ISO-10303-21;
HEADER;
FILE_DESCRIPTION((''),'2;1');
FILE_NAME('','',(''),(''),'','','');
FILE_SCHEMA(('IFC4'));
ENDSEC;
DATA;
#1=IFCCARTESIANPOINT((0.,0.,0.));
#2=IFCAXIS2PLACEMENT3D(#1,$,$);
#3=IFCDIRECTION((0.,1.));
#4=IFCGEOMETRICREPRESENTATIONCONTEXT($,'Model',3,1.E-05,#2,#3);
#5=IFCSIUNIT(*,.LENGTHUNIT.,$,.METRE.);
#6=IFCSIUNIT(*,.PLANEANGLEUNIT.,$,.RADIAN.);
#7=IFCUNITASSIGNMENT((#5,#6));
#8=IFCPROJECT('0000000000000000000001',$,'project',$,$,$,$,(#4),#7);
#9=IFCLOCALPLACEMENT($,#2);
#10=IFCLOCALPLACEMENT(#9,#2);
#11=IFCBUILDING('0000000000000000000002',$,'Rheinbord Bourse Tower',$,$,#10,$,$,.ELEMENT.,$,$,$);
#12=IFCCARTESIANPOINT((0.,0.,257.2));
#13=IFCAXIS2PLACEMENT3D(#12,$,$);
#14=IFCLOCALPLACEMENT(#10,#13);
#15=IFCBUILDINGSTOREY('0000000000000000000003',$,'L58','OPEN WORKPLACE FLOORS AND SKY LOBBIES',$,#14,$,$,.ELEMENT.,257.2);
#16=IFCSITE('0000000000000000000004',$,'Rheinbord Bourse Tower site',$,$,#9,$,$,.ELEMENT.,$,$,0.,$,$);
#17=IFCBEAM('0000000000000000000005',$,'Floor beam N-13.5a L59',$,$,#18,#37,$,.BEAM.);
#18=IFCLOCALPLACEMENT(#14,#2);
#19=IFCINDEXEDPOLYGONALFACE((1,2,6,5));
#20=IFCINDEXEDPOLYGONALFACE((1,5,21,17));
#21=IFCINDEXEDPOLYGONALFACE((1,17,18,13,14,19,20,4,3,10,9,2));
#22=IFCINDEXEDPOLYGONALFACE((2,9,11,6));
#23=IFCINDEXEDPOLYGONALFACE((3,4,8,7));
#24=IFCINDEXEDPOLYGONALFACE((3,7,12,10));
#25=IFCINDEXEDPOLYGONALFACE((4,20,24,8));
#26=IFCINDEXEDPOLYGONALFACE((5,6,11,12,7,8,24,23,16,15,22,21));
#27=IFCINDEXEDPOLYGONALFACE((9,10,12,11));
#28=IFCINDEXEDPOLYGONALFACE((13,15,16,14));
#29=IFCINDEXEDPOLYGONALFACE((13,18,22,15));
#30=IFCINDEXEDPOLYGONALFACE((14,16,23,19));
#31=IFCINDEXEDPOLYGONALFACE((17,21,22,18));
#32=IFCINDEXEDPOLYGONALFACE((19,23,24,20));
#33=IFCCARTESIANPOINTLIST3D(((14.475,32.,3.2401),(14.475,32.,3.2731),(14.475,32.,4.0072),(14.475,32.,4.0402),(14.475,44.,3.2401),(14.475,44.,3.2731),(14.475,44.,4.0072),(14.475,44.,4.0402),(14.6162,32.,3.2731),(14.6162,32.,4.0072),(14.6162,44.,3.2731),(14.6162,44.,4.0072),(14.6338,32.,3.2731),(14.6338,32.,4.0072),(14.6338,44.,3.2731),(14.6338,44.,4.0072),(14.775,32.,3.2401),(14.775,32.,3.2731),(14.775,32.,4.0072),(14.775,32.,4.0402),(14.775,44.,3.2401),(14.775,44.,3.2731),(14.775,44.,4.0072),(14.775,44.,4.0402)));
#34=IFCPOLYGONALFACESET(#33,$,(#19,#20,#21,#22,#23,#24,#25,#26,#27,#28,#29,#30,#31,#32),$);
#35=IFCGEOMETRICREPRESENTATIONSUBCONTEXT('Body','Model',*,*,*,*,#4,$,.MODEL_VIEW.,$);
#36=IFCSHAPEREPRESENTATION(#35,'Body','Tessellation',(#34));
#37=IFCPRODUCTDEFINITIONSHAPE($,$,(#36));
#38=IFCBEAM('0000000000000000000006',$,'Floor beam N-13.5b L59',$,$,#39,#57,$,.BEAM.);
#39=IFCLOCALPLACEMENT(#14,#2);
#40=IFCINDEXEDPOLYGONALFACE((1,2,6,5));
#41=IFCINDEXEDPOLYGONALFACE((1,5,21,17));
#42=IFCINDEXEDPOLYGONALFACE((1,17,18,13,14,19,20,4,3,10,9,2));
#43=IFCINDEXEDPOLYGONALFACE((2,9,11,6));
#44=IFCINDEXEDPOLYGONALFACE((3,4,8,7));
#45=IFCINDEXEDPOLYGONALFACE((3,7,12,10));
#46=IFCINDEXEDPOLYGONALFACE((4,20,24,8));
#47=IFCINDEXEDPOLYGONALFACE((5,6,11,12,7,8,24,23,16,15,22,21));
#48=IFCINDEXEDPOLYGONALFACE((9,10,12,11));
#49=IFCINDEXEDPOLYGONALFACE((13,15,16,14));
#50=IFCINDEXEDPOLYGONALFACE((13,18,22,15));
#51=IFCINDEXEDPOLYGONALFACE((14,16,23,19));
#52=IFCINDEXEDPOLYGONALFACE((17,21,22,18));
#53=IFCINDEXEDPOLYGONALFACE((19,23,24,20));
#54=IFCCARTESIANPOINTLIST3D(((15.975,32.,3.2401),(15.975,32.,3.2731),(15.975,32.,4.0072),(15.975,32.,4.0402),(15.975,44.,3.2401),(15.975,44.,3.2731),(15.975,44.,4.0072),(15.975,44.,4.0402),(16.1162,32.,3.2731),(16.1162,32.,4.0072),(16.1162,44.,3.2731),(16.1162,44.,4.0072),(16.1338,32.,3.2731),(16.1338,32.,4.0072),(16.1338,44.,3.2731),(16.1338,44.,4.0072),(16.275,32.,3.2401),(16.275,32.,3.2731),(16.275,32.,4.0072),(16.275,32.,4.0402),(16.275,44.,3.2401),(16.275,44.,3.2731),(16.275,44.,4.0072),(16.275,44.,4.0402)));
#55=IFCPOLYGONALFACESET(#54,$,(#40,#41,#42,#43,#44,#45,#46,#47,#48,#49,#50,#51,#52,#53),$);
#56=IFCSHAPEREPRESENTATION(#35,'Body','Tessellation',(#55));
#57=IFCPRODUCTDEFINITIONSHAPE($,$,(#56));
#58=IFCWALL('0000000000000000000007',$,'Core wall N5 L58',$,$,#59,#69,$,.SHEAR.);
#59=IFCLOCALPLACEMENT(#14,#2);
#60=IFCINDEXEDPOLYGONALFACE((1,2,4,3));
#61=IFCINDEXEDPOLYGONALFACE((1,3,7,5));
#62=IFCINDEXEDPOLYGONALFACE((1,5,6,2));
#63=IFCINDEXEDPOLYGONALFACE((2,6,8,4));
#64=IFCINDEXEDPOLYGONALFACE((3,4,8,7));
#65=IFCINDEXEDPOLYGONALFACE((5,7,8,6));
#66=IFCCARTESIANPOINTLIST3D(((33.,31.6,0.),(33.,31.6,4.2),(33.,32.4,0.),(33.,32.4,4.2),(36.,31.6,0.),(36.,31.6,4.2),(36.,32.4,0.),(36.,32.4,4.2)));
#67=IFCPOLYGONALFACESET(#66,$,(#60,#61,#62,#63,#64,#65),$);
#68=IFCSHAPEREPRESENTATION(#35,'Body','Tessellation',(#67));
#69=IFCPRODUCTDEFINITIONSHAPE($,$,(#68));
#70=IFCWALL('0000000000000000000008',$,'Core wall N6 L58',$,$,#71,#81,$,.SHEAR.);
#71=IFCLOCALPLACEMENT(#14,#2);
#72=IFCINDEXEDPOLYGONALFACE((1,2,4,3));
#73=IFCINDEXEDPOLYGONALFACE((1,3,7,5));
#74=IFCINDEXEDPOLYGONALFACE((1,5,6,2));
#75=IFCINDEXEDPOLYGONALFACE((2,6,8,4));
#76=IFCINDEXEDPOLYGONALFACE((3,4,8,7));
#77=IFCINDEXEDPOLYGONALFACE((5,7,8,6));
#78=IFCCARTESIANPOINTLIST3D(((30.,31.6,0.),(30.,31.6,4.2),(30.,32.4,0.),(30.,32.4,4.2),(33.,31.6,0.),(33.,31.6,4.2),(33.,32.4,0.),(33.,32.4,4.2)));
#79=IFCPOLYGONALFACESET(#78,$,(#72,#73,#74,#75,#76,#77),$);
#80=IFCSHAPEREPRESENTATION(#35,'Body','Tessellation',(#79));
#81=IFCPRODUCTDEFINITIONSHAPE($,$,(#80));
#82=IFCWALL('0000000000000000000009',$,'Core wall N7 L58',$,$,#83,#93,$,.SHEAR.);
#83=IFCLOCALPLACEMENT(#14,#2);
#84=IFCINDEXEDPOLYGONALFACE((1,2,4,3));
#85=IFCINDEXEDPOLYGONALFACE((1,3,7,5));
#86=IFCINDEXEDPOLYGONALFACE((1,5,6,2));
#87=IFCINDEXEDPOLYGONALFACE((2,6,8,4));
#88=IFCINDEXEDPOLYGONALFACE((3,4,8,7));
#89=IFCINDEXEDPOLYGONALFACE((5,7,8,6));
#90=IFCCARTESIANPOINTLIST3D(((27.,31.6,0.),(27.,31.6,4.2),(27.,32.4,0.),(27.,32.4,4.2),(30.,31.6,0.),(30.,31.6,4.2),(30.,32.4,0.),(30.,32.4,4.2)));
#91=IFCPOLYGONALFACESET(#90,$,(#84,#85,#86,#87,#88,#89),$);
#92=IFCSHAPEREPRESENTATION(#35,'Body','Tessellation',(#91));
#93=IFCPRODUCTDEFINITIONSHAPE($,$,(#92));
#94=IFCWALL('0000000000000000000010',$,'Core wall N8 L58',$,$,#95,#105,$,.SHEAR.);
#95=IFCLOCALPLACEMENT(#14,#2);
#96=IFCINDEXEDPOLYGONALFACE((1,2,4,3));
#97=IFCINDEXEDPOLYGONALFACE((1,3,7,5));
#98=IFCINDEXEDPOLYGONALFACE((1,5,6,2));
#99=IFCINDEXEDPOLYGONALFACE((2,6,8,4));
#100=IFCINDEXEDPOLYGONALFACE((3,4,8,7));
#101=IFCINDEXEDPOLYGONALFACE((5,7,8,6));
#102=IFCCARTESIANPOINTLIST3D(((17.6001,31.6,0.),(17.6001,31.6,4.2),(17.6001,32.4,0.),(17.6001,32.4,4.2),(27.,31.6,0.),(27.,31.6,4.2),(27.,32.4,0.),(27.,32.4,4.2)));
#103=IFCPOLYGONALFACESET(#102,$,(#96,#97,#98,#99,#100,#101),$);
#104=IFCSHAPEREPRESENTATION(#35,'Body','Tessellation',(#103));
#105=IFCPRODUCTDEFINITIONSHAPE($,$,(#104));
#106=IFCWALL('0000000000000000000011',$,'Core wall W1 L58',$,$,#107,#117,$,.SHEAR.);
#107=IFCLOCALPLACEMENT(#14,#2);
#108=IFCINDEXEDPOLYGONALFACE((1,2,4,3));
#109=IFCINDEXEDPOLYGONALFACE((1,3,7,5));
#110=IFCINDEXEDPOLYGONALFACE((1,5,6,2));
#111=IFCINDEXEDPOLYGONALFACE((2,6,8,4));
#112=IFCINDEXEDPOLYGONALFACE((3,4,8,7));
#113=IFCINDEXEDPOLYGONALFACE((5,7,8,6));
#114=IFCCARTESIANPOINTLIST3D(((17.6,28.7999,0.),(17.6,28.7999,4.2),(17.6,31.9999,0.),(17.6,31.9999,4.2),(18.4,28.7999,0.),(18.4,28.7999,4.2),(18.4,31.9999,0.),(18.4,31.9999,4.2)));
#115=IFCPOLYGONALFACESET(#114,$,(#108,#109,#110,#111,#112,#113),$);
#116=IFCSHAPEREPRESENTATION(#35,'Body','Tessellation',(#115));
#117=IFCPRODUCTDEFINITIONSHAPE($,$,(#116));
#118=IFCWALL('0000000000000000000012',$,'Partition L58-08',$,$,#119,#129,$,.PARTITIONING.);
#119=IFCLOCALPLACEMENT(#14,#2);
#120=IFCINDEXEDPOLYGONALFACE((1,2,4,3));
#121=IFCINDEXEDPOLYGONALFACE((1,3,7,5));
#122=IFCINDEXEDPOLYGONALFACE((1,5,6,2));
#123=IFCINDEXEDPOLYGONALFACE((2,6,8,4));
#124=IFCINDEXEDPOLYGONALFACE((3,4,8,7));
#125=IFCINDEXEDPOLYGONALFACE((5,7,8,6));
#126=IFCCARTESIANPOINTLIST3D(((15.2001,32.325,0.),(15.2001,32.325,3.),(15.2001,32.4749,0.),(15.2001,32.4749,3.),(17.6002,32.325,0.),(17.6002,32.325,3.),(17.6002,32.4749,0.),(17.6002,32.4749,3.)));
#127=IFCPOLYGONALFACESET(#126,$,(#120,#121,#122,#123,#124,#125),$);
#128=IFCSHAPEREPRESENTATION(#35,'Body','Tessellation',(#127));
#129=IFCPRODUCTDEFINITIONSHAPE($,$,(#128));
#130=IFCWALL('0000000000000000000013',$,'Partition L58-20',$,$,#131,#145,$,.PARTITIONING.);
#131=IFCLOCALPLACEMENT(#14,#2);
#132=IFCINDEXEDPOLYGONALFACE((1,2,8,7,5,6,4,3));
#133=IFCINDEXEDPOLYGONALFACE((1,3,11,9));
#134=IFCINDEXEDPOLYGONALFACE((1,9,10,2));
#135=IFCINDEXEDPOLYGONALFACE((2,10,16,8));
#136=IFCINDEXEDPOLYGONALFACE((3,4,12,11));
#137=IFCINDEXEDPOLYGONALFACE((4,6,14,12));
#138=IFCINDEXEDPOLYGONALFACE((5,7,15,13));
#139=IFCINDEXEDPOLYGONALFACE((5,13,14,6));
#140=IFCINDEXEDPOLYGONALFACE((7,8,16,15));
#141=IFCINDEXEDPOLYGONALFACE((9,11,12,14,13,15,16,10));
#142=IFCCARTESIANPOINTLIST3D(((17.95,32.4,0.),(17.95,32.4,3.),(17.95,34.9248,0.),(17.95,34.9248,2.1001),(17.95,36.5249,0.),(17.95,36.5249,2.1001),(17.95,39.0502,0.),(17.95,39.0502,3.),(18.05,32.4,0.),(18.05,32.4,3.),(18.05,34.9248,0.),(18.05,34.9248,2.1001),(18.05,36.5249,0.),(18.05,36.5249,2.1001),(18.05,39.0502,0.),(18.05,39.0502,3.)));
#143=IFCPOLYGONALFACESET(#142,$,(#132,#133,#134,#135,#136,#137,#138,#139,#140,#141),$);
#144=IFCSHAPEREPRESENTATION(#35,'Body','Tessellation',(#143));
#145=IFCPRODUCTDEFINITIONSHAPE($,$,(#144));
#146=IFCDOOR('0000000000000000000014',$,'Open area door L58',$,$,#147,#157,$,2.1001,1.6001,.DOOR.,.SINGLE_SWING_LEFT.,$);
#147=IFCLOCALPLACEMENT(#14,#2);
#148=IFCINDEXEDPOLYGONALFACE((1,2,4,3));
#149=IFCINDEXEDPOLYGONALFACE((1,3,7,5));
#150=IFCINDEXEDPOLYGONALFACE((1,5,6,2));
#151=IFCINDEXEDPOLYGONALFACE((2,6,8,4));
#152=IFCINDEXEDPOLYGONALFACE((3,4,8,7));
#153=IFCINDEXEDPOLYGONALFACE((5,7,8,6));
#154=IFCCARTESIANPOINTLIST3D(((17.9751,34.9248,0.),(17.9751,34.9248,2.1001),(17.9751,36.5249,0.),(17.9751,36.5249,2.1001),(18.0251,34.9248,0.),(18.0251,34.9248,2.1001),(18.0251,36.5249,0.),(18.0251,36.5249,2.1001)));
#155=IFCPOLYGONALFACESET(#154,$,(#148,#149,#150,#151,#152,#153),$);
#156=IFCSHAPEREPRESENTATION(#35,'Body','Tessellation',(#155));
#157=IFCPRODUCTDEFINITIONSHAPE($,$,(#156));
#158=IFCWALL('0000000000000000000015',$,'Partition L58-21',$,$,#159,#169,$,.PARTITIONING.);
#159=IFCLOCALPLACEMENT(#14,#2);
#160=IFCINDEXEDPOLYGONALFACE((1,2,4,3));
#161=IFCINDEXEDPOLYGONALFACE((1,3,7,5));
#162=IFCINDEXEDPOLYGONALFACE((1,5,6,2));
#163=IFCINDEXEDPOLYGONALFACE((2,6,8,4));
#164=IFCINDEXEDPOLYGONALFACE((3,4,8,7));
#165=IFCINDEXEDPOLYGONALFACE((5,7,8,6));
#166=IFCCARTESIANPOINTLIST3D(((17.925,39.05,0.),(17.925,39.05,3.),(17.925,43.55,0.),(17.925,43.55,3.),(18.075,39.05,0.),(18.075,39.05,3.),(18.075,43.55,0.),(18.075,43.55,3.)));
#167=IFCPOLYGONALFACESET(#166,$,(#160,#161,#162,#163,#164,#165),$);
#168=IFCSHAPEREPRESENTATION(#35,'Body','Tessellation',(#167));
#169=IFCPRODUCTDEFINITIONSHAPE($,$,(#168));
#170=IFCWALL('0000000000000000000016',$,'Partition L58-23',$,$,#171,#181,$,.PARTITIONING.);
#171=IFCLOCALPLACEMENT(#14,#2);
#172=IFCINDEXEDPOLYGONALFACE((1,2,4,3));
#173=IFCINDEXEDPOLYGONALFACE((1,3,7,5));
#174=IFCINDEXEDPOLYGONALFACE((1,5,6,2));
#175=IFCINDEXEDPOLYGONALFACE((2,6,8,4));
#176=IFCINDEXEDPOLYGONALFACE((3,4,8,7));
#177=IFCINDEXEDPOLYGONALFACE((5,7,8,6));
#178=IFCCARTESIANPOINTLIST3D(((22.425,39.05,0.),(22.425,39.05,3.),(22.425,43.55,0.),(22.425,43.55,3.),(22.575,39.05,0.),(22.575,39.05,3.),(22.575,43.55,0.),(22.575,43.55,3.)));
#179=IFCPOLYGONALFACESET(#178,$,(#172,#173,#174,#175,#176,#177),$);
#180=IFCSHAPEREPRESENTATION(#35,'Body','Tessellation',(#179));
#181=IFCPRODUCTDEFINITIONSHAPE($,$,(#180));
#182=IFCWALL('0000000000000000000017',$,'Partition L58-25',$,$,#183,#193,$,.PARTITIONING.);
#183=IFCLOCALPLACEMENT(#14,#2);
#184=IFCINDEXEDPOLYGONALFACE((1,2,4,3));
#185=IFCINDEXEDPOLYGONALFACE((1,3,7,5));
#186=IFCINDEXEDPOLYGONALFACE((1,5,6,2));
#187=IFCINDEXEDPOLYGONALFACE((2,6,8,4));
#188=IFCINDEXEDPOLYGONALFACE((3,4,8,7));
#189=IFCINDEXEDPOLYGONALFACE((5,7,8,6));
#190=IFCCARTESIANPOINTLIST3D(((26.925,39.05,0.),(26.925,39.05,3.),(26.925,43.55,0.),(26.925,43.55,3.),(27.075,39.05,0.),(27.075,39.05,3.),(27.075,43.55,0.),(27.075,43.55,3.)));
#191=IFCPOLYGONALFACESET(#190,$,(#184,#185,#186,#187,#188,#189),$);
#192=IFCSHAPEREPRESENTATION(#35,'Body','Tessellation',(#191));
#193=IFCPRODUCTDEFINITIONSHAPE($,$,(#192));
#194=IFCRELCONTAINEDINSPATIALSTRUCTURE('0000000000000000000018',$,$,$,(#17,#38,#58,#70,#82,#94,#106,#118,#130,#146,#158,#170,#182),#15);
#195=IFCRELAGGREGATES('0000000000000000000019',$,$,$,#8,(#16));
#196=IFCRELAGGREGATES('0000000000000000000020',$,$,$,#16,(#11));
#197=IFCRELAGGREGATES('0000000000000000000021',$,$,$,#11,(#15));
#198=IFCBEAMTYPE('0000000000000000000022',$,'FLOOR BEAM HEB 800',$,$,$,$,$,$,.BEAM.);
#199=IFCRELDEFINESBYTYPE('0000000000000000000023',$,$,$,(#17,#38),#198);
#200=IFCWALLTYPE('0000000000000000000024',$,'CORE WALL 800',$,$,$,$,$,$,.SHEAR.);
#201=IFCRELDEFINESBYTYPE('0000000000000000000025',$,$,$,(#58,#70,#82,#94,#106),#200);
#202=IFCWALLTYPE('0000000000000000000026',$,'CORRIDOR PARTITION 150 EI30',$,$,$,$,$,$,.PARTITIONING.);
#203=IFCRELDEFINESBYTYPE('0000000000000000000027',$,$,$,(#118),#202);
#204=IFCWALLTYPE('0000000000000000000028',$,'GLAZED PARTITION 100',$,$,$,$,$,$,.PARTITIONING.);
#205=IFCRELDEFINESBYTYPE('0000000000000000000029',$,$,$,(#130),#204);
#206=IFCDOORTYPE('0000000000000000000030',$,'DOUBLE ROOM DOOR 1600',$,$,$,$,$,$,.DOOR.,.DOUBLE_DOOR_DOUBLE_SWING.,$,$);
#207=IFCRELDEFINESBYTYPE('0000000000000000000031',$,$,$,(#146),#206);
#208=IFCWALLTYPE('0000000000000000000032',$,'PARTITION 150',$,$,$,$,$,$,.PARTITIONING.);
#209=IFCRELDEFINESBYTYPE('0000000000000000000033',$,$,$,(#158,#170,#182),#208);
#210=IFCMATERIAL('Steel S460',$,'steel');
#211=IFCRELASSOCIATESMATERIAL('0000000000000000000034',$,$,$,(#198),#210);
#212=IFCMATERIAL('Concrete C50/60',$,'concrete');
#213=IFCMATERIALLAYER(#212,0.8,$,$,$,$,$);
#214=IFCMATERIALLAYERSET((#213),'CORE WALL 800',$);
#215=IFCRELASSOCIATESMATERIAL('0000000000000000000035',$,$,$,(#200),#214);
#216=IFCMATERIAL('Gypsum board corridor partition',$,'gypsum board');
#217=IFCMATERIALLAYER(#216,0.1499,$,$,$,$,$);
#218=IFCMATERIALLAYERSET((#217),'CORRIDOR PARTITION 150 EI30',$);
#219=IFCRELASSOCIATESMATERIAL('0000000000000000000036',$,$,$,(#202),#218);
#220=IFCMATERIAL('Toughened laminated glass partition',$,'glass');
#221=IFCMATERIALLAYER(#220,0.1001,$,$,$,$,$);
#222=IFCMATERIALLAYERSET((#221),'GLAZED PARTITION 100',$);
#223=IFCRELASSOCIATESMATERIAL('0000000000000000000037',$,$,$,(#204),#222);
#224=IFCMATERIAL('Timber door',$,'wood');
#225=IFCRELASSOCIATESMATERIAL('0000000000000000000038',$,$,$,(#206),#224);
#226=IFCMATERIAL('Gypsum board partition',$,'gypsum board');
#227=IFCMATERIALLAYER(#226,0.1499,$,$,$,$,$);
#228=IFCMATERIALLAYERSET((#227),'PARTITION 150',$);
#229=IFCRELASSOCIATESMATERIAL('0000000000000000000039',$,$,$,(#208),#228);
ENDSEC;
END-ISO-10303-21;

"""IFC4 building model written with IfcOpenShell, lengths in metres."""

from ifc_helpers import new_model, si_unit, direction, frame, frame_2d, origin, origin_2d, place, context, subcontext, project, spatial, rectangle, i_section, extrude, material, layer, layer_set, material_profile, profile_set, type_object, element, fill, save


model = new_model("IFC4")

# Units and contexts
model_context = context("Model", 3, precision=1e-05, world=origin(), true_north=direction((0.0, 1.0)))
body_context = subcontext(model_context, "Body", "Model", "MODEL_VIEW")
ifc_project = project(units=[si_unit("LENGTHUNIT", "METRE"), si_unit("PLANEANGLEUNIT", "RADIAN")], contexts=[model_context])

# Site, building, storey
site_placement = place(None, origin())
site = spatial("IfcSite", under=ifc_project, at=site_placement, Name="Rheinbord Bourse Tower site", CompositionType="ELEMENT", RefElevation=0.0)
building_placement = place(site_placement, origin())
building = spatial("IfcBuilding", under=site, at=building_placement, Name="Rheinbord Bourse Tower", CompositionType="ELEMENT")
storey_placement = place(building_placement, frame((0.0, 0.0, 257.2)))
storey = spatial("IfcBuildingStorey", under=building, at=storey_placement, Name="L58", Description="OPEN WORKPLACE FLOORS AND SKY LOBBIES", CompositionType="ELEMENT", Elevation=257.2)

# Beams
ifc_material_1 = material(Name="Steel S460", Category="steel")
ifc_material_profile = material_profile(ifc_material_1, i_section(OverallWidth=0.3, OverallDepth=0.8, WebThickness=0.0176, FlangeThickness=0.033, at=origin_2d()), Name="HEB 800")
ifc_profile_set = profile_set([ifc_material_profile], Name="Steel S460")
beam_type = type_object("IfcBeamType", Name="FLOOR BEAM HEB 800", PredefinedType="BEAM", material=ifc_profile_set)
for number, where, z_axis, x_axis, name in (
    (1, (14.625, 44.0, 3.6401), (0.0, -1.0, 0.0), (1.0, 0.0, 0.0), "Floor beam N-13.5a L59"),
    (2, (16.125, 44.0, 3.6401), (0.0, -1.0, 0.0), (1.0, 0.0, 0.0), "Floor beam N-13.5b L59"),
):
    element("IfcBeam", number, at=place(storey_placement, frame(where, z_axis=z_axis, x_axis=x_axis)), inside=storey, type_object=beam_type, Name=name, PredefinedType="BEAM", context=body_context, shape_type="SweptSolid", body=[
        extrude(i_section(OverallWidth=0.3, OverallDepth=0.8, WebThickness=0.0176, FlangeThickness=0.033, at=origin_2d()), origin(), (0.0, 0.0, 1.0), 12.0),
    ])

# Walls
ifc_material_2 = material(Name="Concrete C50/60", Category="concrete")
ifc_layer_1 = layer(ifc_material_2, 0.8)
ifc_layer_set_1 = layer_set([ifc_layer_1], Name="CORE WALL 800")
wall_type_1 = type_object("IfcWallType", Name="CORE WALL 800", PredefinedType="SHEAR", material=ifc_layer_set_1)
for number, where, z_axis, x_axis, name in (
    (3, (36.0, 32.0, 0.0), (0.0, 0.0, 1.0), (-1.0, 0.0, 0.0), "Core wall N5 L58"),
    (4, (33.0, 32.0, 0.0), (0.0, 0.0, 1.0), (-1.0, 0.0, 0.0), "Core wall N6 L58"),
    (5, (30.0, 32.0, 0.0), (0.0, 0.0, 1.0), (-1.0, 0.0, 0.0), "Core wall N7 L58"),
):
    element("IfcWall", number, at=place(storey_placement, frame(where, z_axis=z_axis, x_axis=x_axis)), inside=storey, type_object=wall_type_1, Name=name, PredefinedType="SHEAR", context=body_context, shape_type="SweptSolid", body=[
        extrude(rectangle(XDim=3.0, YDim=0.8, at=frame_2d((1.5, 0.0))), origin(), (0.0, 0.0, 1.0), 4.2),
    ])
wall_1_placement = place(storey_placement, frame((27.0, 32.0, 0.0), z_axis=(0.0, 0.0, 1.0), x_axis=(-1.0, 0.0, 0.0)))
element("IfcWall", 6, at=wall_1_placement, inside=storey, type_object=wall_type_1, Name="Core wall N8 L58", PredefinedType="SHEAR", context=body_context, shape_type="SweptSolid", body=[
    extrude(rectangle(XDim=9.3999, YDim=0.8, at=frame_2d((4.7, 0.0))), origin(), (0.0, 0.0, 1.0), 4.2),
])
wall_2_placement = place(storey_placement, frame((18.0, 32.0, 0.0), z_axis=(0.0, 0.0, 1.0), x_axis=(0.0, -1.0, 0.0)))
element("IfcWall", 7, at=wall_2_placement, inside=storey, type_object=wall_type_1, Name="Core wall W1 L58", PredefinedType="SHEAR", context=body_context, shape_type="SweptSolid", body=[
    extrude(rectangle(XDim=3.2, YDim=0.8, at=frame_2d((1.6001, 0.0))), origin(), (0.0, 0.0, 1.0), 4.2),
])
ifc_material_3 = material(Name="Gypsum board corridor partition", Category="gypsum board")
ifc_layer_2 = layer(ifc_material_3, 0.1499)
ifc_layer_set_2 = layer_set([ifc_layer_2], Name="CORRIDOR PARTITION 150 EI30")
wall_type_2 = type_object("IfcWallType", Name="CORRIDOR PARTITION 150 EI30", PredefinedType="PARTITIONING", material=ifc_layer_set_2)
wall_3_placement = place(storey_placement, frame((15.2, 32.3999, 0.0), z_axis=(0.0, 0.0, 1.0), x_axis=(1.0, 0.0, 0.0)))
element("IfcWall", 8, at=wall_3_placement, inside=storey, type_object=wall_type_2, Name="Partition L58-08", PredefinedType="PARTITIONING", context=body_context, shape_type="SweptSolid", body=[
    extrude(rectangle(XDim=2.4001, YDim=0.1499, at=frame_2d((1.2002, 0.0))), origin(), (0.0, 0.0, 1.0), 3.0),
])

# Wall, opening, door
ifc_material_4 = material(Name="Toughened laminated glass partition", Category="glass")
ifc_layer_3 = layer(ifc_material_4, 0.1001)
ifc_layer_set_3 = layer_set([ifc_layer_3], Name="GLAZED PARTITION 100")
wall_type_3 = type_object("IfcWallType", Name="GLAZED PARTITION 100", PredefinedType="PARTITIONING", material=ifc_layer_set_3)
wall_4_placement = place(storey_placement, frame((18.0, 32.3999, 0.0), z_axis=(0.0, 0.0, 1.0), x_axis=(0.0, 1.0, 0.0)))
wall_4 = element("IfcWall", 9, at=wall_4_placement, inside=storey, type_object=wall_type_3, Name="Partition L58-20", PredefinedType="PARTITIONING", context=body_context, shape_type="SweptSolid", body=[
    extrude(rectangle(XDim=6.6501, YDim=0.1001, at=frame_2d((3.3252, 0.0))), origin(), (0.0, 0.0, 1.0), 3.0),
])
opening_placement = place(wall_4_placement, frame((2.5249, 0.0, 0.0)))
opening = element("IfcOpeningElement", 10, at=opening_placement, cuts=wall_4, PredefinedType="OPENING", context=body_context, shape_type="SweptSolid", body=[
    extrude(rectangle(XDim=1.6001, YDim=2.1001, at=frame_2d((0.8, 1.05))), frame((0.0, 0.0601, 0.0), z_axis=(0.0, -1.0, 0.0), x_axis=(1.0, 0.0, 0.0)), (0.0, 0.0, 1.0), 0.1201),
])
ifc_material_5 = material(Name="Timber door", Category="wood")
door_type = type_object("IfcDoorType", Name="DOUBLE ROOM DOOR 1600", OperationType="DOUBLE_DOOR_DOUBLE_SWING", PredefinedType="DOOR", material=ifc_material_5)
door_placement = place(opening_placement, origin())
door = element("IfcDoor", 11, at=door_placement, inside=storey, type_object=door_type, Name="Open area door L58", OperationType="SINGLE_SWING_LEFT", OverallHeight=2.1001, OverallWidth=1.6001, PredefinedType="DOOR", context=body_context, shape_type="SweptSolid", body=[
    extrude(rectangle(XDim=1.6001, YDim=2.1001, at=frame_2d((0.8, 1.05))), frame((0.0, 0.0249, 0.0), z_axis=(0.0, -1.0, 0.0), x_axis=(1.0, 0.0, 0.0)), (0.0, 0.0, 1.0), 0.05),
])
fill(opening, door)

# Walls
ifc_material_6 = material(Name="Gypsum board partition", Category="gypsum board")
ifc_layer_4 = layer(ifc_material_6, 0.1499)
ifc_layer_set_4 = layer_set([ifc_layer_4], Name="PARTITION 150")
wall_type_4 = type_object("IfcWallType", Name="PARTITION 150", PredefinedType="PARTITIONING", material=ifc_layer_set_4)
for number, where, z_axis, x_axis, name in (
    (12, (18.0, 39.05, 0.0), (0.0, 0.0, 1.0), (0.0, 1.0, 0.0), "Partition L58-21"),
    (13, (22.5, 39.05, 0.0), (0.0, 0.0, 1.0), (0.0, 1.0, 0.0), "Partition L58-23"),
    (14, (27.0, 39.05, 0.0), (0.0, 0.0, 1.0), (0.0, 1.0, 0.0), "Partition L58-25"),
):
    element("IfcWall", number, at=place(storey_placement, frame(where, z_axis=z_axis, x_axis=x_axis)), inside=storey, type_object=wall_type_4, Name=name, PredefinedType="PARTITIONING", context=body_context, shape_type="SweptSolid", body=[
        extrude(rectangle(XDim=4.5, YDim=0.1499, at=frame_2d((2.25, 0.0))), origin(), (0.0, 0.0, 1.0), 3.0),
    ])

save(model, "model.ifc")
